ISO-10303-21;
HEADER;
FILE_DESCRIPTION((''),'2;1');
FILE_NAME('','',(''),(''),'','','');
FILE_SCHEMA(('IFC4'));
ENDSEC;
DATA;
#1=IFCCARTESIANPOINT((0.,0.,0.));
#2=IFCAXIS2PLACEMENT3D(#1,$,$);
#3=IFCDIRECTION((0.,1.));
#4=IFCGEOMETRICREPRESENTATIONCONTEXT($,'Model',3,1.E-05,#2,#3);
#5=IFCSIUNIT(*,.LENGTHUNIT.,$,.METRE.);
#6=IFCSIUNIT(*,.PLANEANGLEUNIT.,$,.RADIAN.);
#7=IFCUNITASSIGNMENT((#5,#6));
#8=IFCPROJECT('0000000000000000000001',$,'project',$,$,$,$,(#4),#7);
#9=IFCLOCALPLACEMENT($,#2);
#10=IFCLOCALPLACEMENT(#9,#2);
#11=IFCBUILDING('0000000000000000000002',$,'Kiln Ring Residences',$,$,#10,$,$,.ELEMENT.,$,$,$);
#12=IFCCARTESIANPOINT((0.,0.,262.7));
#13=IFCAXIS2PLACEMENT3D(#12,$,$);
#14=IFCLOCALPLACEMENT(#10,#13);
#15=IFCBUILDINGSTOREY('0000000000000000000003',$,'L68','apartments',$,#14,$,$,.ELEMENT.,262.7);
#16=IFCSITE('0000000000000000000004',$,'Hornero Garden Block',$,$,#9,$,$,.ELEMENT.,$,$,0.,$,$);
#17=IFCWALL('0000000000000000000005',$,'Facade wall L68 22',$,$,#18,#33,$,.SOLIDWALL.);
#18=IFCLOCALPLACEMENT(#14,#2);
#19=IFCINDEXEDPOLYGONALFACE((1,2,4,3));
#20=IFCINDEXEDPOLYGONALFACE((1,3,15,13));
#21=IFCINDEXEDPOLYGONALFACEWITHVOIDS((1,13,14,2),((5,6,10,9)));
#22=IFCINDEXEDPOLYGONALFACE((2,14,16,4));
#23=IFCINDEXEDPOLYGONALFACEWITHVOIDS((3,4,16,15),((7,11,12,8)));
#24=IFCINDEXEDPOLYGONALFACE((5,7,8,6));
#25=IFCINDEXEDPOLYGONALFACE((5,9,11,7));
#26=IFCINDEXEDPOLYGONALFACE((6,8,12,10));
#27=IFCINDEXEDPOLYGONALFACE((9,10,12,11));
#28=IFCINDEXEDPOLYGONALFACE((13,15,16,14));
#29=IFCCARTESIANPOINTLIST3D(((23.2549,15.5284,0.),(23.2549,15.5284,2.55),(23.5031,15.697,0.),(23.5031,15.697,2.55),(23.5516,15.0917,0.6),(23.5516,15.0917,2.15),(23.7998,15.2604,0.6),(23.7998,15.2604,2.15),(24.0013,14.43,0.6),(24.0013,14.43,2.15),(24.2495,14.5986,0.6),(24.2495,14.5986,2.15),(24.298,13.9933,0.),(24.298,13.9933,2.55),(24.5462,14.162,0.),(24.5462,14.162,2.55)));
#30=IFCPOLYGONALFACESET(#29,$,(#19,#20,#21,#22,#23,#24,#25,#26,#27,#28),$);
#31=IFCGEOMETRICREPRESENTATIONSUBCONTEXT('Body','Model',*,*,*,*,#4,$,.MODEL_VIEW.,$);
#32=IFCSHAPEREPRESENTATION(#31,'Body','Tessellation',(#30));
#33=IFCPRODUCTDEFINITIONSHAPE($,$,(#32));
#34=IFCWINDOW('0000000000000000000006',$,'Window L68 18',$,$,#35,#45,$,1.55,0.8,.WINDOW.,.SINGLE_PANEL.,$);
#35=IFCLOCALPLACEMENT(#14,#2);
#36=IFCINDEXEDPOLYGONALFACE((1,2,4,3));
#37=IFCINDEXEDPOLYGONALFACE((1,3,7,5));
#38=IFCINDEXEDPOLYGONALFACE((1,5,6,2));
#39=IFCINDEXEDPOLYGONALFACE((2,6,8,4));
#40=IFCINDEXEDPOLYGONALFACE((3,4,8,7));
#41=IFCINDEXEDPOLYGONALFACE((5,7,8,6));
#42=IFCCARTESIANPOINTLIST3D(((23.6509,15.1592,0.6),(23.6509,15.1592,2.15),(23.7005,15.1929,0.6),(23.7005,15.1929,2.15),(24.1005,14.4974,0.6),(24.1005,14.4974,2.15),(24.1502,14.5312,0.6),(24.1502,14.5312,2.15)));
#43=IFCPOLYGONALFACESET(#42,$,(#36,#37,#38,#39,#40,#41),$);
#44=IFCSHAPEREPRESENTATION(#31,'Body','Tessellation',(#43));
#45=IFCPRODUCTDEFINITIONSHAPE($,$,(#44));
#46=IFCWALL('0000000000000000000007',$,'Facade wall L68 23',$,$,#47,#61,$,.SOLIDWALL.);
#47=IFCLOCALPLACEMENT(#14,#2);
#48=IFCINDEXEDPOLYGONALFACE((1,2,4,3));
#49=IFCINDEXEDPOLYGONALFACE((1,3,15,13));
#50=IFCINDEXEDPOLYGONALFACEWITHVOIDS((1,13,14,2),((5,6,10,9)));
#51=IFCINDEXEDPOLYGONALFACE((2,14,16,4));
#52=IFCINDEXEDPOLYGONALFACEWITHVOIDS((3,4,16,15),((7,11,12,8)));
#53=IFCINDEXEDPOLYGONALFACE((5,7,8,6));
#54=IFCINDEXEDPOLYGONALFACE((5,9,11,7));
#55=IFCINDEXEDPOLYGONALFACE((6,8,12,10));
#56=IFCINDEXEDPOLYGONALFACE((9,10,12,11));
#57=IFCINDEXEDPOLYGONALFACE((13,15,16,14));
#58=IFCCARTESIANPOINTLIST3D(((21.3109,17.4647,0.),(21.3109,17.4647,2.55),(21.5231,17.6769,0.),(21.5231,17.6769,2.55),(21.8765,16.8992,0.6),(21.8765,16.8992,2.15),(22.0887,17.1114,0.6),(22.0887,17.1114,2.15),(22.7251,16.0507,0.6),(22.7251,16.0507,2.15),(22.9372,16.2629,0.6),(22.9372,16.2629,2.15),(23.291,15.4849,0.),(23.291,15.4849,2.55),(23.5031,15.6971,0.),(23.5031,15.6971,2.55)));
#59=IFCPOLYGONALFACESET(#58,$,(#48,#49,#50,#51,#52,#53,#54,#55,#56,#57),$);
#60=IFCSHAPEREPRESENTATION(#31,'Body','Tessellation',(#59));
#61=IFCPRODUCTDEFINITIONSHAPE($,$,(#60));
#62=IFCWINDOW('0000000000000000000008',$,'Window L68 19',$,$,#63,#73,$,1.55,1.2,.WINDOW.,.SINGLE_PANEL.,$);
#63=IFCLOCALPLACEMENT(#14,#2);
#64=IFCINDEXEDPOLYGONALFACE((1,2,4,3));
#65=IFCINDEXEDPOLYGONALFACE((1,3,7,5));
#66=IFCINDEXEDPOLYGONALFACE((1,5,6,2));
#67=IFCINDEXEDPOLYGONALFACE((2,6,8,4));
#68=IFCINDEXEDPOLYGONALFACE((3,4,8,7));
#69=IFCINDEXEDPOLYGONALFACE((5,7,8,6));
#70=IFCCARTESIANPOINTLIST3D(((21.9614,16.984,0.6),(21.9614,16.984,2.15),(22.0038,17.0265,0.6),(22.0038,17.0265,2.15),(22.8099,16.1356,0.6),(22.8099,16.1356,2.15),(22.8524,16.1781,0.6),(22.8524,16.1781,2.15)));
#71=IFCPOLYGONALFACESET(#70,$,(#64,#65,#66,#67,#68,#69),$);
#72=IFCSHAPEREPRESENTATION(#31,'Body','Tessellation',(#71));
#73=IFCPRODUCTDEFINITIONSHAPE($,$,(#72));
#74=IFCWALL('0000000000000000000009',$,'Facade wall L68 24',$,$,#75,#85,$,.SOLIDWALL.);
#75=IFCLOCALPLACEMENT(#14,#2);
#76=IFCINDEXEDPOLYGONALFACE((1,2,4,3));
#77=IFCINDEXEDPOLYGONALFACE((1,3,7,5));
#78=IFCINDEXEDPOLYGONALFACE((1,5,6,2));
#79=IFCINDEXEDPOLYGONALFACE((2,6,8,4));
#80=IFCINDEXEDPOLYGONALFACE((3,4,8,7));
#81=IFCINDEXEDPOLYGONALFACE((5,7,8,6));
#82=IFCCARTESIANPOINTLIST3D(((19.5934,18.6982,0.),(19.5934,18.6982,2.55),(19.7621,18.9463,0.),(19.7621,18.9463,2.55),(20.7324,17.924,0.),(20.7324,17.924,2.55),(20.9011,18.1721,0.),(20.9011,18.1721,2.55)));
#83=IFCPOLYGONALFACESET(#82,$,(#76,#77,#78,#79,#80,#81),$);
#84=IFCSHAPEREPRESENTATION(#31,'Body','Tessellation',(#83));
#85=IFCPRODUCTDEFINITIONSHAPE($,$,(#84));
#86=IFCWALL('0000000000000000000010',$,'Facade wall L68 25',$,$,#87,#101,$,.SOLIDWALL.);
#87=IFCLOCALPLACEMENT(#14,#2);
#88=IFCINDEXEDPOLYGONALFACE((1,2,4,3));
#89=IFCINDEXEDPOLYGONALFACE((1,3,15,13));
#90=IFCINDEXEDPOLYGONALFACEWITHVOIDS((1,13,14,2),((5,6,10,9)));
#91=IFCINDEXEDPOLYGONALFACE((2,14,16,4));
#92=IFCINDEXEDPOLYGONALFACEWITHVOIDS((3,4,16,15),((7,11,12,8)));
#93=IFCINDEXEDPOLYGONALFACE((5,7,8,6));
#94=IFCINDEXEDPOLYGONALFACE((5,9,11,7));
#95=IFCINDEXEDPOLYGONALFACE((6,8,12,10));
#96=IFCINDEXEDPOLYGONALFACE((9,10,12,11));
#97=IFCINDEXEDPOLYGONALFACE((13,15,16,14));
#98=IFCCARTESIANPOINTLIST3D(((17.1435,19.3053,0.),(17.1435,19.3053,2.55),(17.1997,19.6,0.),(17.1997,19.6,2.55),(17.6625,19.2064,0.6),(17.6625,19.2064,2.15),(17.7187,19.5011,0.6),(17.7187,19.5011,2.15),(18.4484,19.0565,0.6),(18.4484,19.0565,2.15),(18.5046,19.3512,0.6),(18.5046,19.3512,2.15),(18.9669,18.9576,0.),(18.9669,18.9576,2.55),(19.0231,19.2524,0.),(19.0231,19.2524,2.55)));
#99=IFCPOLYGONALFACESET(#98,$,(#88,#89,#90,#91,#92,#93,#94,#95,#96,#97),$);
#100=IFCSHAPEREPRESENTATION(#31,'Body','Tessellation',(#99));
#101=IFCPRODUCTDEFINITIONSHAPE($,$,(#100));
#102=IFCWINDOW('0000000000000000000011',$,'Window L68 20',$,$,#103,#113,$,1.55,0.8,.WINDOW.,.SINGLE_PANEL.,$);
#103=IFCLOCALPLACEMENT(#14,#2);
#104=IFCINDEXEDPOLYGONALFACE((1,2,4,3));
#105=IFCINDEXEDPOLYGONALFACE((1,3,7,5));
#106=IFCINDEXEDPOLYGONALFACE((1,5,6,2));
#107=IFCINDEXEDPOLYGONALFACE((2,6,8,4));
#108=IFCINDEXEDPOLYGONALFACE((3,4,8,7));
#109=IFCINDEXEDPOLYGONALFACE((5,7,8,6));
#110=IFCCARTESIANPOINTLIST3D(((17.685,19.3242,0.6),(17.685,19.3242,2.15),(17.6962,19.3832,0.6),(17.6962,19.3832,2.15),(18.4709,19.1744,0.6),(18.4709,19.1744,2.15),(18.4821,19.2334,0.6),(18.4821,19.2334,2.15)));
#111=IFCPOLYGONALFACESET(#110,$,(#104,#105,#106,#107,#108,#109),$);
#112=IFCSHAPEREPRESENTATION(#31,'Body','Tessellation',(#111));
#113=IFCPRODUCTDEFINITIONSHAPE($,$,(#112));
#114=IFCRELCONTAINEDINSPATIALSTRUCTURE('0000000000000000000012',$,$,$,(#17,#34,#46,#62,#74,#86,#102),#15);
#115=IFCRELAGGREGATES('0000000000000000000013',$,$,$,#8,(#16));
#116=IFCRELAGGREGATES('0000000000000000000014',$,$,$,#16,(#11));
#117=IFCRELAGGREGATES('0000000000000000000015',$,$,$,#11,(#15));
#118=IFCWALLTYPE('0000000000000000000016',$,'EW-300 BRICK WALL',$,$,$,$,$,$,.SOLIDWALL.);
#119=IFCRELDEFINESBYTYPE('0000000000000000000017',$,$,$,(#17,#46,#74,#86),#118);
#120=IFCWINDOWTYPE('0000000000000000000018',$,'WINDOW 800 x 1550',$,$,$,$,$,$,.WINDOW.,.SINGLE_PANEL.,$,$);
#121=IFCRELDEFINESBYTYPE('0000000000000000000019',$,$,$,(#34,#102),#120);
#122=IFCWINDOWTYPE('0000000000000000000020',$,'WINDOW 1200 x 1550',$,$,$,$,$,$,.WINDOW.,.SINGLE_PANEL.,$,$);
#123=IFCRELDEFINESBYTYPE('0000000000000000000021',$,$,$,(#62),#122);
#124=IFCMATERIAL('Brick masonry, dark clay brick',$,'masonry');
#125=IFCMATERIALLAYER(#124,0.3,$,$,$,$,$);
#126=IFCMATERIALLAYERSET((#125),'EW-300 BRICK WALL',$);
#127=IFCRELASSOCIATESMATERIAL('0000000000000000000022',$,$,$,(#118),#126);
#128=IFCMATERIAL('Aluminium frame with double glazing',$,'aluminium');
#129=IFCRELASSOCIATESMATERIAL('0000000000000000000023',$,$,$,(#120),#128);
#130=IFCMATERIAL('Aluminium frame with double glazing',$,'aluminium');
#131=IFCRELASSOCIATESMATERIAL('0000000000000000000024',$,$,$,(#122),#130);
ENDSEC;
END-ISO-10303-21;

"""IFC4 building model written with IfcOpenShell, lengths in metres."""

from ifc_helpers import new_model, si_unit, direction, frame, frame_2d, origin, place, context, subcontext, project, spatial, rectangle, extrude, material, layer, layer_set, type_object, element, fill, save


model = new_model("IFC4")

# Units and contexts
model_context = context("Model", 3, precision=1e-05, world=origin(), true_north=direction((0.0, 1.0)))
body_context = subcontext(model_context, "Body", "Model", "MODEL_VIEW")
ifc_project = project(units=[si_unit("LENGTHUNIT", "METRE"), si_unit("PLANEANGLEUNIT", "RADIAN")], contexts=[model_context])

# Site, building, storey
site_placement = place(None, origin())
site = spatial("IfcSite", under=ifc_project, at=site_placement, Name="Hornero Garden Block", CompositionType="ELEMENT", RefElevation=0.0)
building_placement = place(site_placement, origin())
building = spatial("IfcBuilding", under=site, at=building_placement, Name="Kiln Ring Residences", CompositionType="ELEMENT")
storey_placement = place(building_placement, frame((0.0, 0.0, 262.7)))
storey = spatial("IfcBuildingStorey", under=building, at=storey_placement, Name="L68", Description="apartments", CompositionType="ELEMENT", Elevation=262.7)

# Shared definitions
ifc_material_1 = material(Name="Brick masonry, dark clay brick", Category="masonry")
ifc_layer_1 = layer(ifc_material_1, 0.3)
ifc_layer_set_1 = layer_set([ifc_layer_1], Name="EW-300 BRICK WALL")
wall_type_1 = type_object("IfcWallType", Name="EW-300 BRICK WALL", PredefinedType="SOLIDWALL", material=ifc_layer_set_1)

# Walls, openings, windows
wall_1_placement = place(storey_placement, frame((24.4221, 14.0776, 0.0), z_axis=(0.0, 0.0, 1.0), x_axis=(-0.562055, 0.8271, 0.0)))
wall_1 = element("IfcWall", 1, at=wall_1_placement, inside=storey, type_object=wall_type_1, Name="Facade wall L68 22", PredefinedType="SOLIDWALL", context=body_context, shape_type="SweptSolid", body=[
    extrude(rectangle(XDim=1.856, YDim=0.3, at=frame_2d((0.928, 0.0))), origin(), (0.0, 0.0, 1.0), 2.55),
])
opening_1_placement = place(wall_1_placement, frame((0.5281, 0.0, 0.6001)))
opening_1 = element("IfcOpeningElement", 2, at=opening_1_placement, cuts=wall_1, PredefinedType="OPENING", context=body_context, shape_type="SweptSolid", body=[
    extrude(rectangle(XDim=0.8, YDim=1.55, at=frame_2d((0.3999, 0.7749))), frame((0.0, 0.1599, 0.0), z_axis=(0.0, -1.0, 0.0), x_axis=(1.0, 0.0, 0.0)), (0.0, 0.0, 1.0), 0.3201),
])
ifc_material_2 = material(Name="Aluminium frame with double glazing", Category="aluminium")
window_type_1 = type_object("IfcWindowType", Name="WINDOW 800 x 1550", PartitioningType="SINGLE_PANEL", PredefinedType="WINDOW", material=ifc_material_2)
window_1_placement = place(opening_1_placement, origin())
window_1 = element("IfcWindow", 3, at=window_1_placement, inside=storey, type_object=window_type_1, Name="Window L68 18", OverallHeight=1.55, OverallWidth=0.8, PartitioningType="SINGLE_PANEL", PredefinedType="WINDOW", context=body_context, shape_type="SweptSolid", body=[
    extrude(rectangle(XDim=0.8, YDim=1.55, at=frame_2d((0.3999, 0.7749))), frame((0.0, 0.03, 0.0), z_axis=(0.0, -1.0, 0.0), x_axis=(1.0, 0.0, 0.0)), (0.0, 0.0, 1.0), 0.0601),
])
fill(opening_1, window_1)
wall_2_placement = place(storey_placement, frame((23.397, 15.5911, 0.0), z_axis=(0.0, 0.0, 1.0), x_axis=(-0.70715, 0.707063, 0.0)))
wall_2 = element("IfcWall", 4, at=wall_2_placement, inside=storey, type_object=wall_type_1, Name="Facade wall L68 23", PredefinedType="SOLIDWALL", context=body_context, shape_type="SweptSolid", body=[
    extrude(rectangle(XDim=2.8, YDim=0.3, at=frame_2d((1.3999, 0.0))), origin(), (0.0, 0.0, 1.0), 2.55),
])
opening_2_placement = place(wall_2_placement, frame((0.8, 0.0, 0.6001)))
opening_2 = element("IfcOpeningElement", 5, at=opening_2_placement, cuts=wall_2, PredefinedType="OPENING", context=body_context, shape_type="SweptSolid", body=[
    extrude(rectangle(XDim=1.2, YDim=1.55, at=frame_2d((0.6001, 0.7749))), frame((0.0, 0.1599, 0.0), z_axis=(0.0, -1.0, 0.0), x_axis=(1.0, 0.0, 0.0)), (0.0, 0.0, 1.0), 0.3201),
])
ifc_material_3 = material(Name="Aluminium frame with double glazing", Category="aluminium")
window_type_2 = type_object("IfcWindowType", Name="WINDOW 1200 x 1550", PartitioningType="SINGLE_PANEL", PredefinedType="WINDOW", material=ifc_material_3)
window_2_placement = place(opening_2_placement, origin())
window_2 = element("IfcWindow", 6, at=window_2_placement, inside=storey, type_object=window_type_2, Name="Window L68 19", OverallHeight=1.55, OverallWidth=1.2, PartitioningType="SINGLE_PANEL", PredefinedType="WINDOW", context=body_context, shape_type="SweptSolid", body=[
    extrude(rectangle(XDim=1.2, YDim=1.55, at=frame_2d((0.6001, 0.7749))), frame((0.0, 0.03, 0.0), z_axis=(0.0, -1.0, 0.0), x_axis=(1.0, 0.0, 0.0)), (0.0, 0.0, 1.0), 0.0601),
])
fill(opening_2, window_2)

# Wall
wall_3_placement = place(storey_placement, frame((20.8167, 18.0481, 0.0), z_axis=(0.0, 0.0, 1.0), x_axis=(-0.827025, 0.562165, 0.0)))
element("IfcWall", 7, at=wall_3_placement, inside=storey, type_object=wall_type_1, Name="Facade wall L68 24", PredefinedType="SOLIDWALL", context=body_context, shape_type="SweptSolid", body=[
    extrude(rectangle(XDim=1.3772, YDim=0.3, at=frame_2d((0.6885, 0.0))), origin(), (0.0, 0.0, 1.0), 2.55),
])

# Wall, opening, window
wall_4_placement = place(storey_placement, frame((18.9951, 19.105, 0.0), z_axis=(0.0, 0.0, 1.0), x_axis=(-0.982302, 0.187306, 0.0)))
wall_4 = element("IfcWall", 8, at=wall_4_placement, inside=storey, type_object=wall_type_1, Name="Facade wall L68 25", PredefinedType="SOLIDWALL", context=body_context, shape_type="SweptSolid", body=[
    extrude(rectangle(XDim=1.8562, YDim=0.3, at=frame_2d((0.9282, 0.0))), origin(), (0.0, 0.0, 1.0), 2.55),
])
opening_3_placement = place(wall_4_placement, frame((0.5281, 0.0, 0.6001)))
opening_3 = element("IfcOpeningElement", 9, at=opening_3_placement, cuts=wall_4, PredefinedType="OPENING", context=body_context, shape_type="SweptSolid", body=[
    extrude(rectangle(XDim=0.8, YDim=1.55, at=frame_2d((0.3999, 0.7749))), frame((0.0, 0.1599, 0.0), z_axis=(0.0, -1.0, 0.0), x_axis=(1.0, 0.0, 0.0)), (0.0, 0.0, 1.0), 0.3201),
])
window_3_placement = place(opening_3_placement, origin())
window_3 = element("IfcWindow", 10, at=window_3_placement, inside=storey, type_object=window_type_1, Name="Window L68 20", OverallHeight=1.55, OverallWidth=0.8, PartitioningType="SINGLE_PANEL", PredefinedType="WINDOW", context=body_context, shape_type="SweptSolid", body=[
    extrude(rectangle(XDim=0.8, YDim=1.55, at=frame_2d((0.3999, 0.7749))), frame((0.0, 0.03, 0.0), z_axis=(0.0, -1.0, 0.0), x_axis=(1.0, 0.0, 0.0)), (0.0, 0.0, 1.0), 0.0601),
])
fill(opening_3, window_3)

save(model, "model.ifc")
